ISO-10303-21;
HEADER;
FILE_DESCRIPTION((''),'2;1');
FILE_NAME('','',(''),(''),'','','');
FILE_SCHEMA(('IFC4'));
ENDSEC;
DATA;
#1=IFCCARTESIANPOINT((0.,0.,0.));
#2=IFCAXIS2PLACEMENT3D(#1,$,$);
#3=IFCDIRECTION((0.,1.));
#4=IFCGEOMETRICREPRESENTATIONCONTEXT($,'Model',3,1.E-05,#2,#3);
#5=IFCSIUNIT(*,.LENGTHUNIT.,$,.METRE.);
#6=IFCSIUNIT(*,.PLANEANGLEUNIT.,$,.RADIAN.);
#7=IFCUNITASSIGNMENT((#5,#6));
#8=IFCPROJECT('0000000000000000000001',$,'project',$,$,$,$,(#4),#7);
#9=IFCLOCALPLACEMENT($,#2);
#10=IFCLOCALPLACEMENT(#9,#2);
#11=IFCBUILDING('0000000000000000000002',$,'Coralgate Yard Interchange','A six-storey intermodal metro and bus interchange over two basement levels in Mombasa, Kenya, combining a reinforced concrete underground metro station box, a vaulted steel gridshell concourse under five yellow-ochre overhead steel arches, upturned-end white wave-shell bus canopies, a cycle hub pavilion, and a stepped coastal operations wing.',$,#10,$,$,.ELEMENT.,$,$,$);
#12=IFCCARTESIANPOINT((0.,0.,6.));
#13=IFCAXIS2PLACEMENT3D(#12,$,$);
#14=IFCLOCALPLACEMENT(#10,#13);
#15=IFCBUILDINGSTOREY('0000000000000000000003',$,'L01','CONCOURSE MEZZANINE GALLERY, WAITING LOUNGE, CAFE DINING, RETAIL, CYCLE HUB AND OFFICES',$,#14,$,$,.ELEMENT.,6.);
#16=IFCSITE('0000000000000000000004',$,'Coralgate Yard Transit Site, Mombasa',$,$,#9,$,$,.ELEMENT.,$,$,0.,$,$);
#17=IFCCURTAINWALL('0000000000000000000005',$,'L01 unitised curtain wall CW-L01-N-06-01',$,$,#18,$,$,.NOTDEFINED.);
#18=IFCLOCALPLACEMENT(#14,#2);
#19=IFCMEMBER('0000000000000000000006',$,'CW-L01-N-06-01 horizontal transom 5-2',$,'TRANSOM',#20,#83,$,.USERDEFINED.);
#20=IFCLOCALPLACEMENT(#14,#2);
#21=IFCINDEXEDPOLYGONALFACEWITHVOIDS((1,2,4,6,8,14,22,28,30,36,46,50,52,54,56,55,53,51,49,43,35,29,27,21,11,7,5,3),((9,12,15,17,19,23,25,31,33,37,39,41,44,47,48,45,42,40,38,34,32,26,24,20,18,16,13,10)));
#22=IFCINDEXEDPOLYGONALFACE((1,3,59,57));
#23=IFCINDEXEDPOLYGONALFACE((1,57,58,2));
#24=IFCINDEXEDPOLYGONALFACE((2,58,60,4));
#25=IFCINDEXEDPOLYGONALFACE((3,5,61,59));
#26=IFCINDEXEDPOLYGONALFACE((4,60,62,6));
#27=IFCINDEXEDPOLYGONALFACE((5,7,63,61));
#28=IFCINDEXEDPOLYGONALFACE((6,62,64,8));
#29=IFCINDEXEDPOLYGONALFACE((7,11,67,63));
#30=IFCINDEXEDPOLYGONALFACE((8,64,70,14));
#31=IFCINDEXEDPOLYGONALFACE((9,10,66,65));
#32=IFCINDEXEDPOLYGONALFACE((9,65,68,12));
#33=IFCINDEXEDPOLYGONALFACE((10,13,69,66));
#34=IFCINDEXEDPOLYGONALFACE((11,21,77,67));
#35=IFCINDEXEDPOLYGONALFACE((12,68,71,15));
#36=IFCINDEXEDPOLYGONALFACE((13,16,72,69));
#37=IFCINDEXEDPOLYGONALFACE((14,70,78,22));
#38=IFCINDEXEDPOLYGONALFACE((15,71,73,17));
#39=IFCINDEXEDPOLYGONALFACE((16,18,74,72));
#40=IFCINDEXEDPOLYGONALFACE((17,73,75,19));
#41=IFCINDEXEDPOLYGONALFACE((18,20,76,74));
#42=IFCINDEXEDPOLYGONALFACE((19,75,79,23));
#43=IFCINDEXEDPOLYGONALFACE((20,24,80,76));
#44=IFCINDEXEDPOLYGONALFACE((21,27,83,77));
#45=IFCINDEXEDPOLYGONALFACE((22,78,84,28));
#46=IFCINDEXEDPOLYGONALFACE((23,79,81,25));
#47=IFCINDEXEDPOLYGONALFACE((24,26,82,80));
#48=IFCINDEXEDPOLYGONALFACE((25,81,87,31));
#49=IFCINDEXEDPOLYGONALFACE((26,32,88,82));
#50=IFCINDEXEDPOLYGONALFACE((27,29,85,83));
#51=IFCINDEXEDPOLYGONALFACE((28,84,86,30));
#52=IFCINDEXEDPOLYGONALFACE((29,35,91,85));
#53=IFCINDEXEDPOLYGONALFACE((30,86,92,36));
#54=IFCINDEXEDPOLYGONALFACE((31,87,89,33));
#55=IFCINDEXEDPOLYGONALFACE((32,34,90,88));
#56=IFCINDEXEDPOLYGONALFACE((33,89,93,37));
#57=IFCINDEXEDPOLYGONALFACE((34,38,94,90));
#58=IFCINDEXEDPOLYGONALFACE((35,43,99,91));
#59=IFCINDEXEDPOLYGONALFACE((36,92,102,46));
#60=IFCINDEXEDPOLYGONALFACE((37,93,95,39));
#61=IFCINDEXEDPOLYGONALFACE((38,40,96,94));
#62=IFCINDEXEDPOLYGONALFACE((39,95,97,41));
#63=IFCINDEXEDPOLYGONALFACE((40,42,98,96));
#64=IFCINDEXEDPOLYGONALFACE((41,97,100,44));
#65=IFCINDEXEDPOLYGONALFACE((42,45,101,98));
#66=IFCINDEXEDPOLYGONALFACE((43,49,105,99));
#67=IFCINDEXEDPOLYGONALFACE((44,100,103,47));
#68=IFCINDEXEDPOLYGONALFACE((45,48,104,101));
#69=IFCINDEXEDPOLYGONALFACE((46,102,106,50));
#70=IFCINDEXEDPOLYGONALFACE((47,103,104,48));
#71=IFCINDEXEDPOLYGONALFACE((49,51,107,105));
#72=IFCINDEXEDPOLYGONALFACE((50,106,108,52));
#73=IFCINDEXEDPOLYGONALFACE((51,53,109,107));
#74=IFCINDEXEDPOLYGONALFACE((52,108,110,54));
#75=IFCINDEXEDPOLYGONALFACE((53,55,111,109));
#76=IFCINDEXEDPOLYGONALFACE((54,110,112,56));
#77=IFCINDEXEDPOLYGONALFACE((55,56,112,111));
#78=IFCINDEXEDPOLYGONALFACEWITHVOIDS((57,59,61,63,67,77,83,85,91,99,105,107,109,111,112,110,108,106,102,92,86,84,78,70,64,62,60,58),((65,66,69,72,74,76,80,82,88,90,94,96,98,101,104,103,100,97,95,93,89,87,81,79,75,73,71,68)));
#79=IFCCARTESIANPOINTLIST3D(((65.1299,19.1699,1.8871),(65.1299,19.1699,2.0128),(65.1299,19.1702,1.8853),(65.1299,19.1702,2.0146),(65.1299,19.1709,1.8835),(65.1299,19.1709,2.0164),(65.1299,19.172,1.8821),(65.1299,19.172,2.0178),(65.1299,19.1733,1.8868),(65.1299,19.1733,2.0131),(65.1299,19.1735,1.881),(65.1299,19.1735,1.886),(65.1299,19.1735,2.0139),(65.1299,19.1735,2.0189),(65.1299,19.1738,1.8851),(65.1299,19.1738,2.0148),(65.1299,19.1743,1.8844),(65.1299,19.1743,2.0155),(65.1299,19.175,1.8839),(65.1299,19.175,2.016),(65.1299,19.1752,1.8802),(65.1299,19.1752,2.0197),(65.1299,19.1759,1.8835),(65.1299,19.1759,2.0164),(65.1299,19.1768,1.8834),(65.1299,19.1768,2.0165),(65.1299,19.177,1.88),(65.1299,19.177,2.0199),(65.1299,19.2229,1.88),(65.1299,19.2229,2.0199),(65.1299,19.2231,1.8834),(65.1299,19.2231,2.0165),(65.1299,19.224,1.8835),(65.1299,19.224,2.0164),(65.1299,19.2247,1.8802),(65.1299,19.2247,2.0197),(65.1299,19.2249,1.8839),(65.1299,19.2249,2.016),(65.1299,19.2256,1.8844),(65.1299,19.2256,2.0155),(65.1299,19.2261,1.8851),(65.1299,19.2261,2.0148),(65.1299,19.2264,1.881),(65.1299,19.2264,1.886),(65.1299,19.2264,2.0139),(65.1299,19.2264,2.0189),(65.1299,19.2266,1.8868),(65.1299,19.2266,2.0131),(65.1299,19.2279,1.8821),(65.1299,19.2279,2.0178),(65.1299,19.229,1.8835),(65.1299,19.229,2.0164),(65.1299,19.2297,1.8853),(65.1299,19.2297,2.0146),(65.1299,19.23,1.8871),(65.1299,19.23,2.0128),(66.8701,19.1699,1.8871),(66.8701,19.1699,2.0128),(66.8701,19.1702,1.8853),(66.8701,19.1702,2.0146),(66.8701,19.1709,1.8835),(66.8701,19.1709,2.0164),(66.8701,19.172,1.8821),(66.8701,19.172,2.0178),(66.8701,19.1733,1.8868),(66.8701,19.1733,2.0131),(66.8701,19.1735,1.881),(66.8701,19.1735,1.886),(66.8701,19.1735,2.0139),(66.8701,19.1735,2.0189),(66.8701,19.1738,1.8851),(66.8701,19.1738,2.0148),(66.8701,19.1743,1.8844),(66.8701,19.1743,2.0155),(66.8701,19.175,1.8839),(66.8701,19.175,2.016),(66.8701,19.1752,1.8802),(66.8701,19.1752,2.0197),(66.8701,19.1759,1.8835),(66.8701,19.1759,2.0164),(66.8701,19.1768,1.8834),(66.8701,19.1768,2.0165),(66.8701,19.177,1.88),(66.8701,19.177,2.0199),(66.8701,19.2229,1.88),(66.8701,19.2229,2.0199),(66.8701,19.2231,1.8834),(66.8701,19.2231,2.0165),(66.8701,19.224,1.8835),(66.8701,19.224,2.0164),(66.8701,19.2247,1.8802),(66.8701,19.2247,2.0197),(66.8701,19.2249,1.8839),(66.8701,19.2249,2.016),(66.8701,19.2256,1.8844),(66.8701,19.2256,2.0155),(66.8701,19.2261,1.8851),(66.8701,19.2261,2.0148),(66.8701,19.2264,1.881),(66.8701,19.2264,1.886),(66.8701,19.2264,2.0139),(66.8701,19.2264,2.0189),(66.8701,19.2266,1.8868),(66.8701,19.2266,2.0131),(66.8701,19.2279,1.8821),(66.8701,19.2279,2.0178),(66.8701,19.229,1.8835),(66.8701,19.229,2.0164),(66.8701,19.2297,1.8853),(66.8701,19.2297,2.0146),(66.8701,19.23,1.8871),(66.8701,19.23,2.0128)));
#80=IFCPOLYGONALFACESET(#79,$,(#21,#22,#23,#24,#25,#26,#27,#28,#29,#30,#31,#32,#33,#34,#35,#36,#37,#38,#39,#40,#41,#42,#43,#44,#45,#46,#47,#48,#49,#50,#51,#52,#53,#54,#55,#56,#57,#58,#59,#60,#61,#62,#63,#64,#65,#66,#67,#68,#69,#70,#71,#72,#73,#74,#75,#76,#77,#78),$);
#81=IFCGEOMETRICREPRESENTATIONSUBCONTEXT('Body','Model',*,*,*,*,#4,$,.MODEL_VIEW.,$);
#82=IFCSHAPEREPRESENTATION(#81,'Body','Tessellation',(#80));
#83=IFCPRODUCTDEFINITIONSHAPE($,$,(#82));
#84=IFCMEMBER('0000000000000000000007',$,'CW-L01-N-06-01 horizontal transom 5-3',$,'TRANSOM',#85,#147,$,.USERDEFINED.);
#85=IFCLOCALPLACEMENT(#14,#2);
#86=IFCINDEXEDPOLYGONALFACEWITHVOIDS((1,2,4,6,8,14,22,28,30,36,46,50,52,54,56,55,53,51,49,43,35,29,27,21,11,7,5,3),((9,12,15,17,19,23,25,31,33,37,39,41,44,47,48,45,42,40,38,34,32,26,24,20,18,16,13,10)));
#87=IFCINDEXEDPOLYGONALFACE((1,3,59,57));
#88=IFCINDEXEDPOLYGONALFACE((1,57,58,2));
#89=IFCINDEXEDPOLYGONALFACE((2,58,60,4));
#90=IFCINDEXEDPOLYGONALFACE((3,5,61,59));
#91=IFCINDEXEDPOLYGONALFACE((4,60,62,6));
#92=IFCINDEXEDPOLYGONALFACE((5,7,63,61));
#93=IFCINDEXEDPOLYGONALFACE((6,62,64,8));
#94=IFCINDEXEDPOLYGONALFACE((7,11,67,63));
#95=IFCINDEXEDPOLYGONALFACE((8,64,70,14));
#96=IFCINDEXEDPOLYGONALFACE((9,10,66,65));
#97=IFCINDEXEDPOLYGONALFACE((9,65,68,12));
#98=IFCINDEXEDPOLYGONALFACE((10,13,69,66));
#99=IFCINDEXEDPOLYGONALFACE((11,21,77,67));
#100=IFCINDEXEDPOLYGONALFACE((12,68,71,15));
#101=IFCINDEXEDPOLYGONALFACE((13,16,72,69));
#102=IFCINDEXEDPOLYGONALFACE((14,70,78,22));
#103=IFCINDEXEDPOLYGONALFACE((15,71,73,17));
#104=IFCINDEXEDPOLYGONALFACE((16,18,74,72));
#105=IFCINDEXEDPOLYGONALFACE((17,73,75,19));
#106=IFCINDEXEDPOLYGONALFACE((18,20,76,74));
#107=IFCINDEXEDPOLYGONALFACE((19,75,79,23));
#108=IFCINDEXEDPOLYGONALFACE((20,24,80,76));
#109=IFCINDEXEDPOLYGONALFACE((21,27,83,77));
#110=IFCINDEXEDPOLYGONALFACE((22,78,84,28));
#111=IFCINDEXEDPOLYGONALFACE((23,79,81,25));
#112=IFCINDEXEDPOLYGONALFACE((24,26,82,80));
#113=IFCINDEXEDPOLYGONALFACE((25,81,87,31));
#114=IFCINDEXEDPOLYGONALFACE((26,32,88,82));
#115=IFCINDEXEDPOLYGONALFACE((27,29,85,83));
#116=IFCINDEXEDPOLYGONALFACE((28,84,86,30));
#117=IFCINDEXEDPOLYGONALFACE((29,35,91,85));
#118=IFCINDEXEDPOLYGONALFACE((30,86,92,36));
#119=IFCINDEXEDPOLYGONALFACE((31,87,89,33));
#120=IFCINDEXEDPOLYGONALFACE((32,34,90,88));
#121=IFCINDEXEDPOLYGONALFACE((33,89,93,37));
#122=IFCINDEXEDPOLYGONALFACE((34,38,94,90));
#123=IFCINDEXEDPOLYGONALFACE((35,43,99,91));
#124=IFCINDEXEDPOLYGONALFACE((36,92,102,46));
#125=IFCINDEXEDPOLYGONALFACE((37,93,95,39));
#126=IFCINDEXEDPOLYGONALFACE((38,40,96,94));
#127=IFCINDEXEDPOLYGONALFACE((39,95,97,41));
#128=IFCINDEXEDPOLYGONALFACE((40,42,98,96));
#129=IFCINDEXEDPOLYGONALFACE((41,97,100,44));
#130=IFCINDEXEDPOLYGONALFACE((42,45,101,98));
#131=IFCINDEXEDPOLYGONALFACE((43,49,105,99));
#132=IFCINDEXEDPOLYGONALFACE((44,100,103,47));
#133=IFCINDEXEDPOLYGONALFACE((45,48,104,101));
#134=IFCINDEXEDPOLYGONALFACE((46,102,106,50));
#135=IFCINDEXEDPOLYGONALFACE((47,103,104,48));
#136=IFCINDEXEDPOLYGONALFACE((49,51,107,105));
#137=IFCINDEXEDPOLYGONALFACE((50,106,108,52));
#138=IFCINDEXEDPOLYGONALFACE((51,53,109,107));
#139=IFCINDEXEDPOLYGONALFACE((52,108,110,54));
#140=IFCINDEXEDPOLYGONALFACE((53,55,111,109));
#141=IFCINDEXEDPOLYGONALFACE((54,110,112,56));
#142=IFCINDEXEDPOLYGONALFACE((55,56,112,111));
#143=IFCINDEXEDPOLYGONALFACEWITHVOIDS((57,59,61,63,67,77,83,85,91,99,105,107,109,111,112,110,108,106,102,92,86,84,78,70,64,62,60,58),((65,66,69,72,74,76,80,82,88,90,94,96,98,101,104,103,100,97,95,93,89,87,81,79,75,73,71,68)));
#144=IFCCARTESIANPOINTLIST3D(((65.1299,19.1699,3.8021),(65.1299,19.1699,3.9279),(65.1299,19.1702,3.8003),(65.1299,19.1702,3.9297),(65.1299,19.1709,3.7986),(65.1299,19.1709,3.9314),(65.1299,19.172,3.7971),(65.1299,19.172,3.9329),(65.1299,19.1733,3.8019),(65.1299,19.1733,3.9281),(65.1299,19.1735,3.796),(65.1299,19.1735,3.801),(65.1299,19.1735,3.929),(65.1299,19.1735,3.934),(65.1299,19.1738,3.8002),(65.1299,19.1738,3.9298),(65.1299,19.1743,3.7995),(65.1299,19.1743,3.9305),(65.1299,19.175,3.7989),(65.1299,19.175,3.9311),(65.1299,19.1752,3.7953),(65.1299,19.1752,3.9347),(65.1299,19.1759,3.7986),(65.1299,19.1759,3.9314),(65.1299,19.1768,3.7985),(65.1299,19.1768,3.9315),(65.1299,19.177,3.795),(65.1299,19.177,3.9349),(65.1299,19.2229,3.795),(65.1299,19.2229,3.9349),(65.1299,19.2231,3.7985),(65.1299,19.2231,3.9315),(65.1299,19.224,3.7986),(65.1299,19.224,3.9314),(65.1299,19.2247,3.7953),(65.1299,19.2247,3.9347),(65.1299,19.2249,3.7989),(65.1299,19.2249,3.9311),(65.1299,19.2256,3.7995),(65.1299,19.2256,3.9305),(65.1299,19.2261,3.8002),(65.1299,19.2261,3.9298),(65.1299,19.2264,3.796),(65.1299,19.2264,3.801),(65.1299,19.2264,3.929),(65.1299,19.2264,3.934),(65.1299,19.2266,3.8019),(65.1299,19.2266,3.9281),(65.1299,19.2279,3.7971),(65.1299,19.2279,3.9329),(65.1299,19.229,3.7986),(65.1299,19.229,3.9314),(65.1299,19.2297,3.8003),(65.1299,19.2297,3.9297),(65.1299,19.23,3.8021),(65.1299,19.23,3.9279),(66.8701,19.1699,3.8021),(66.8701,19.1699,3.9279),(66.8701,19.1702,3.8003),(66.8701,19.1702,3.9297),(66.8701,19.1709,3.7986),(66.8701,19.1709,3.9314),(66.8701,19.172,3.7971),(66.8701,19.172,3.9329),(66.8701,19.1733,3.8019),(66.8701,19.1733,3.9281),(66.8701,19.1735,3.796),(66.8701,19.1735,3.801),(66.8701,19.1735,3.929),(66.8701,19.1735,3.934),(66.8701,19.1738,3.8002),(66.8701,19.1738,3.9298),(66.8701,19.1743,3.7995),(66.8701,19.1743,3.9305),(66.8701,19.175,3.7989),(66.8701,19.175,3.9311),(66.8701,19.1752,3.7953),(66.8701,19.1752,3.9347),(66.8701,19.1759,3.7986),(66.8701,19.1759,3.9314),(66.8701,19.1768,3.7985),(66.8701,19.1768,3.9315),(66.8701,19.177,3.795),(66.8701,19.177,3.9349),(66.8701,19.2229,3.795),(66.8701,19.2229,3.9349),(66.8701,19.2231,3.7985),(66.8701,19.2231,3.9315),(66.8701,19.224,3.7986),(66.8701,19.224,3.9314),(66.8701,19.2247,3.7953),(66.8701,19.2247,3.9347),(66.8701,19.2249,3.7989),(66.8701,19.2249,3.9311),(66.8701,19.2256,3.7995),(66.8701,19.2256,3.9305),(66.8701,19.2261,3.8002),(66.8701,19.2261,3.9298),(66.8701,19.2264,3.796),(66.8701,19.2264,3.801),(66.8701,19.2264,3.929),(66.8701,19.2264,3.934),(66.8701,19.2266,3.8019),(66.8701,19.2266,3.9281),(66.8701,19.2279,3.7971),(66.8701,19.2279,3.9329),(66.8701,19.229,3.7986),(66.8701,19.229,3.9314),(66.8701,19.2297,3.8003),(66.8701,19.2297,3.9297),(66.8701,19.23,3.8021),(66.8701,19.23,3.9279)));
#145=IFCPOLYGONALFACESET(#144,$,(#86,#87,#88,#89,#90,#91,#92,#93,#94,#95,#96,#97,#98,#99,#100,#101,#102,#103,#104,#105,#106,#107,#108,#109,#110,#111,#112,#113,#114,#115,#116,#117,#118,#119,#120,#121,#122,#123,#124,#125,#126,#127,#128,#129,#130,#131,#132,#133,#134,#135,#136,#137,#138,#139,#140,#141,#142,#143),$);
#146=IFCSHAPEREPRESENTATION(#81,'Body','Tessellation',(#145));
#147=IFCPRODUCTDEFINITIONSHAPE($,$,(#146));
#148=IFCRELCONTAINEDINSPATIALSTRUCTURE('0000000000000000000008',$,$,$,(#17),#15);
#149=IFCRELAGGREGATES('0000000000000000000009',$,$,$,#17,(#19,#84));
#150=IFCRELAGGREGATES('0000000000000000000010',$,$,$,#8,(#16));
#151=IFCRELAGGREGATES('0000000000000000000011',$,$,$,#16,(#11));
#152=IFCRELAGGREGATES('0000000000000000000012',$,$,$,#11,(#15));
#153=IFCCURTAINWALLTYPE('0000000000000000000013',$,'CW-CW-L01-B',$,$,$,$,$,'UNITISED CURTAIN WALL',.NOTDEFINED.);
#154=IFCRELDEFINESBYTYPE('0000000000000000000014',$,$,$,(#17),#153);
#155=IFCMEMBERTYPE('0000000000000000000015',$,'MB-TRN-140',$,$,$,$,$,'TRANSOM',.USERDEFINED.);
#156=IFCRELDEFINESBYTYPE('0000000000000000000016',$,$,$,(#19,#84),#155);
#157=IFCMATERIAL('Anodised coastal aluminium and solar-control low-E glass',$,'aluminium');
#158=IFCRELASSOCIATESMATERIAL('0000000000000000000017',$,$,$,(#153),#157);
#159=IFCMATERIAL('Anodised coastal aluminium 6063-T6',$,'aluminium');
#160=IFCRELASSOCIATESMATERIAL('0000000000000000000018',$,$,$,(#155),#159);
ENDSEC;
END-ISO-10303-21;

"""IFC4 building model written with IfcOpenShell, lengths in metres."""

from ifc_helpers import new_model, si_unit, direction, frame, origin, origin_2d, place, context, subcontext, project, spatial, hollow_rectangle, extrude, material, material_profile, profile_set, type_object, element, aggregate, save


model = new_model("IFC4")

# Units and contexts
model_context = context("Model", 3, precision=1e-05, world=origin(), true_north=direction((0.0, 1.0)))
body_context = subcontext(model_context, "Body", "Model", "MODEL_VIEW")
ifc_project = project(units=[si_unit("LENGTHUNIT", "METRE"), si_unit("PLANEANGLEUNIT", "RADIAN")], contexts=[model_context])

# Site, building, storey
site_placement = place(None, origin())
site = spatial("IfcSite", under=ifc_project, at=site_placement, Name="Coralgate Yard Transit Site, Mombasa", CompositionType="ELEMENT", RefElevation=0.0)
building_placement = place(site_placement, origin())
building = spatial("IfcBuilding", under=site, at=building_placement, Name="Coralgate Yard Interchange", Description="A six-storey intermodal metro and bus interchange over two basement levels in Mombasa, Kenya, combining a reinforced concrete underground metro station box, a vaulted steel gridshell concourse under five yellow-ochre overhead steel arches, upturned-end white wave-shell bus canopies, a cycle hub pavilion, and a stepped coastal operations wing.", CompositionType="ELEMENT")
storey_placement = place(building_placement, frame((0.0, 0.0, 6.0)))
storey = spatial("IfcBuildingStorey", under=building, at=storey_placement, Name="L01", Description="CONCOURSE MEZZANINE GALLERY, WAITING LOUNGE, CAFE DINING, RETAIL, CYCLE HUB AND OFFICES", CompositionType="ELEMENT", Elevation=6.0)

# Curtain wall
ifc_material_1 = material(Name="Anodised coastal aluminium and solar-control low-E glass", Category="aluminium")
curtain_wall_type = type_object("IfcCurtainWallType", Name="CW-CW-L01-B", ElementType="UNITISED CURTAIN WALL", PredefinedType="NOTDEFINED", material=ifc_material_1)
curtain_wall_1_placement = place(storey_placement, origin())
curtain_wall_1 = element("IfcCurtainWall", 1, at=curtain_wall_1_placement, inside=storey, type_object=curtain_wall_type, Name="L01 unitised curtain wall CW-L01-N-06-01", PredefinedType="NOTDEFINED")
ifc_material_2 = material(Name="Anodised coastal aluminium 6063-T6", Category="aluminium")

# Members
ifc_material_profile_1 = material_profile(ifc_material_2, hollow_rectangle(XDim=0.0601, YDim=0.1399, WallThickness=0.0034, InnerFilletRadius=0.0034, OuterFilletRadius=0.0071, at=origin_2d()), Name="ALU 60x140x3.5")
ifc_profile_set_1 = profile_set([ifc_material_profile_1], Name="Anodised coastal aluminium 6063-T6")
member_type_1 = type_object("IfcMemberType", Name="MB-TRN-140", ElementType="TRANSOM", PredefinedType="USERDEFINED", material=ifc_profile_set_1)
member_1_placement = place(storey_placement, frame((65.1299, 19.2, 1.95), z_axis=(1.0, 0.0, 0.0), x_axis=(0.0, 1.0, 0.0)))
member_1 = element("IfcMember", 2, at=member_1_placement, type_object=member_type_1, Name="CW-L01-N-06-01 horizontal transom 5-2", ObjectType="TRANSOM", PredefinedType="USERDEFINED", context=body_context, shape_type="SweptSolid", body=[
    extrude(hollow_rectangle(XDim=0.0601, YDim=0.1399, WallThickness=0.0034, InnerFilletRadius=0.0034, OuterFilletRadius=0.0071, at=origin_2d()), origin(), (0.0, 0.0, 1.0), 1.7402),
])
member_2_placement = place(storey_placement, frame((65.1299, 19.2, 3.865), z_axis=(1.0, 0.0, 0.0), x_axis=(0.0, 1.0, 0.0)))
member_2 = element("IfcMember", 3, at=member_2_placement, type_object=member_type_1, Name="CW-L01-N-06-01 horizontal transom 5-3", ObjectType="TRANSOM", PredefinedType="USERDEFINED", context=body_context, shape_type="SweptSolid", body=[
    extrude(hollow_rectangle(XDim=0.0601, YDim=0.1399, WallThickness=0.0034, InnerFilletRadius=0.0034, OuterFilletRadius=0.0071, at=origin_2d()), origin(), (0.0, 0.0, 1.0), 1.7402),
])

aggregate(curtain_wall_1, [member_1, member_2])

save(model, "model.ifc")
